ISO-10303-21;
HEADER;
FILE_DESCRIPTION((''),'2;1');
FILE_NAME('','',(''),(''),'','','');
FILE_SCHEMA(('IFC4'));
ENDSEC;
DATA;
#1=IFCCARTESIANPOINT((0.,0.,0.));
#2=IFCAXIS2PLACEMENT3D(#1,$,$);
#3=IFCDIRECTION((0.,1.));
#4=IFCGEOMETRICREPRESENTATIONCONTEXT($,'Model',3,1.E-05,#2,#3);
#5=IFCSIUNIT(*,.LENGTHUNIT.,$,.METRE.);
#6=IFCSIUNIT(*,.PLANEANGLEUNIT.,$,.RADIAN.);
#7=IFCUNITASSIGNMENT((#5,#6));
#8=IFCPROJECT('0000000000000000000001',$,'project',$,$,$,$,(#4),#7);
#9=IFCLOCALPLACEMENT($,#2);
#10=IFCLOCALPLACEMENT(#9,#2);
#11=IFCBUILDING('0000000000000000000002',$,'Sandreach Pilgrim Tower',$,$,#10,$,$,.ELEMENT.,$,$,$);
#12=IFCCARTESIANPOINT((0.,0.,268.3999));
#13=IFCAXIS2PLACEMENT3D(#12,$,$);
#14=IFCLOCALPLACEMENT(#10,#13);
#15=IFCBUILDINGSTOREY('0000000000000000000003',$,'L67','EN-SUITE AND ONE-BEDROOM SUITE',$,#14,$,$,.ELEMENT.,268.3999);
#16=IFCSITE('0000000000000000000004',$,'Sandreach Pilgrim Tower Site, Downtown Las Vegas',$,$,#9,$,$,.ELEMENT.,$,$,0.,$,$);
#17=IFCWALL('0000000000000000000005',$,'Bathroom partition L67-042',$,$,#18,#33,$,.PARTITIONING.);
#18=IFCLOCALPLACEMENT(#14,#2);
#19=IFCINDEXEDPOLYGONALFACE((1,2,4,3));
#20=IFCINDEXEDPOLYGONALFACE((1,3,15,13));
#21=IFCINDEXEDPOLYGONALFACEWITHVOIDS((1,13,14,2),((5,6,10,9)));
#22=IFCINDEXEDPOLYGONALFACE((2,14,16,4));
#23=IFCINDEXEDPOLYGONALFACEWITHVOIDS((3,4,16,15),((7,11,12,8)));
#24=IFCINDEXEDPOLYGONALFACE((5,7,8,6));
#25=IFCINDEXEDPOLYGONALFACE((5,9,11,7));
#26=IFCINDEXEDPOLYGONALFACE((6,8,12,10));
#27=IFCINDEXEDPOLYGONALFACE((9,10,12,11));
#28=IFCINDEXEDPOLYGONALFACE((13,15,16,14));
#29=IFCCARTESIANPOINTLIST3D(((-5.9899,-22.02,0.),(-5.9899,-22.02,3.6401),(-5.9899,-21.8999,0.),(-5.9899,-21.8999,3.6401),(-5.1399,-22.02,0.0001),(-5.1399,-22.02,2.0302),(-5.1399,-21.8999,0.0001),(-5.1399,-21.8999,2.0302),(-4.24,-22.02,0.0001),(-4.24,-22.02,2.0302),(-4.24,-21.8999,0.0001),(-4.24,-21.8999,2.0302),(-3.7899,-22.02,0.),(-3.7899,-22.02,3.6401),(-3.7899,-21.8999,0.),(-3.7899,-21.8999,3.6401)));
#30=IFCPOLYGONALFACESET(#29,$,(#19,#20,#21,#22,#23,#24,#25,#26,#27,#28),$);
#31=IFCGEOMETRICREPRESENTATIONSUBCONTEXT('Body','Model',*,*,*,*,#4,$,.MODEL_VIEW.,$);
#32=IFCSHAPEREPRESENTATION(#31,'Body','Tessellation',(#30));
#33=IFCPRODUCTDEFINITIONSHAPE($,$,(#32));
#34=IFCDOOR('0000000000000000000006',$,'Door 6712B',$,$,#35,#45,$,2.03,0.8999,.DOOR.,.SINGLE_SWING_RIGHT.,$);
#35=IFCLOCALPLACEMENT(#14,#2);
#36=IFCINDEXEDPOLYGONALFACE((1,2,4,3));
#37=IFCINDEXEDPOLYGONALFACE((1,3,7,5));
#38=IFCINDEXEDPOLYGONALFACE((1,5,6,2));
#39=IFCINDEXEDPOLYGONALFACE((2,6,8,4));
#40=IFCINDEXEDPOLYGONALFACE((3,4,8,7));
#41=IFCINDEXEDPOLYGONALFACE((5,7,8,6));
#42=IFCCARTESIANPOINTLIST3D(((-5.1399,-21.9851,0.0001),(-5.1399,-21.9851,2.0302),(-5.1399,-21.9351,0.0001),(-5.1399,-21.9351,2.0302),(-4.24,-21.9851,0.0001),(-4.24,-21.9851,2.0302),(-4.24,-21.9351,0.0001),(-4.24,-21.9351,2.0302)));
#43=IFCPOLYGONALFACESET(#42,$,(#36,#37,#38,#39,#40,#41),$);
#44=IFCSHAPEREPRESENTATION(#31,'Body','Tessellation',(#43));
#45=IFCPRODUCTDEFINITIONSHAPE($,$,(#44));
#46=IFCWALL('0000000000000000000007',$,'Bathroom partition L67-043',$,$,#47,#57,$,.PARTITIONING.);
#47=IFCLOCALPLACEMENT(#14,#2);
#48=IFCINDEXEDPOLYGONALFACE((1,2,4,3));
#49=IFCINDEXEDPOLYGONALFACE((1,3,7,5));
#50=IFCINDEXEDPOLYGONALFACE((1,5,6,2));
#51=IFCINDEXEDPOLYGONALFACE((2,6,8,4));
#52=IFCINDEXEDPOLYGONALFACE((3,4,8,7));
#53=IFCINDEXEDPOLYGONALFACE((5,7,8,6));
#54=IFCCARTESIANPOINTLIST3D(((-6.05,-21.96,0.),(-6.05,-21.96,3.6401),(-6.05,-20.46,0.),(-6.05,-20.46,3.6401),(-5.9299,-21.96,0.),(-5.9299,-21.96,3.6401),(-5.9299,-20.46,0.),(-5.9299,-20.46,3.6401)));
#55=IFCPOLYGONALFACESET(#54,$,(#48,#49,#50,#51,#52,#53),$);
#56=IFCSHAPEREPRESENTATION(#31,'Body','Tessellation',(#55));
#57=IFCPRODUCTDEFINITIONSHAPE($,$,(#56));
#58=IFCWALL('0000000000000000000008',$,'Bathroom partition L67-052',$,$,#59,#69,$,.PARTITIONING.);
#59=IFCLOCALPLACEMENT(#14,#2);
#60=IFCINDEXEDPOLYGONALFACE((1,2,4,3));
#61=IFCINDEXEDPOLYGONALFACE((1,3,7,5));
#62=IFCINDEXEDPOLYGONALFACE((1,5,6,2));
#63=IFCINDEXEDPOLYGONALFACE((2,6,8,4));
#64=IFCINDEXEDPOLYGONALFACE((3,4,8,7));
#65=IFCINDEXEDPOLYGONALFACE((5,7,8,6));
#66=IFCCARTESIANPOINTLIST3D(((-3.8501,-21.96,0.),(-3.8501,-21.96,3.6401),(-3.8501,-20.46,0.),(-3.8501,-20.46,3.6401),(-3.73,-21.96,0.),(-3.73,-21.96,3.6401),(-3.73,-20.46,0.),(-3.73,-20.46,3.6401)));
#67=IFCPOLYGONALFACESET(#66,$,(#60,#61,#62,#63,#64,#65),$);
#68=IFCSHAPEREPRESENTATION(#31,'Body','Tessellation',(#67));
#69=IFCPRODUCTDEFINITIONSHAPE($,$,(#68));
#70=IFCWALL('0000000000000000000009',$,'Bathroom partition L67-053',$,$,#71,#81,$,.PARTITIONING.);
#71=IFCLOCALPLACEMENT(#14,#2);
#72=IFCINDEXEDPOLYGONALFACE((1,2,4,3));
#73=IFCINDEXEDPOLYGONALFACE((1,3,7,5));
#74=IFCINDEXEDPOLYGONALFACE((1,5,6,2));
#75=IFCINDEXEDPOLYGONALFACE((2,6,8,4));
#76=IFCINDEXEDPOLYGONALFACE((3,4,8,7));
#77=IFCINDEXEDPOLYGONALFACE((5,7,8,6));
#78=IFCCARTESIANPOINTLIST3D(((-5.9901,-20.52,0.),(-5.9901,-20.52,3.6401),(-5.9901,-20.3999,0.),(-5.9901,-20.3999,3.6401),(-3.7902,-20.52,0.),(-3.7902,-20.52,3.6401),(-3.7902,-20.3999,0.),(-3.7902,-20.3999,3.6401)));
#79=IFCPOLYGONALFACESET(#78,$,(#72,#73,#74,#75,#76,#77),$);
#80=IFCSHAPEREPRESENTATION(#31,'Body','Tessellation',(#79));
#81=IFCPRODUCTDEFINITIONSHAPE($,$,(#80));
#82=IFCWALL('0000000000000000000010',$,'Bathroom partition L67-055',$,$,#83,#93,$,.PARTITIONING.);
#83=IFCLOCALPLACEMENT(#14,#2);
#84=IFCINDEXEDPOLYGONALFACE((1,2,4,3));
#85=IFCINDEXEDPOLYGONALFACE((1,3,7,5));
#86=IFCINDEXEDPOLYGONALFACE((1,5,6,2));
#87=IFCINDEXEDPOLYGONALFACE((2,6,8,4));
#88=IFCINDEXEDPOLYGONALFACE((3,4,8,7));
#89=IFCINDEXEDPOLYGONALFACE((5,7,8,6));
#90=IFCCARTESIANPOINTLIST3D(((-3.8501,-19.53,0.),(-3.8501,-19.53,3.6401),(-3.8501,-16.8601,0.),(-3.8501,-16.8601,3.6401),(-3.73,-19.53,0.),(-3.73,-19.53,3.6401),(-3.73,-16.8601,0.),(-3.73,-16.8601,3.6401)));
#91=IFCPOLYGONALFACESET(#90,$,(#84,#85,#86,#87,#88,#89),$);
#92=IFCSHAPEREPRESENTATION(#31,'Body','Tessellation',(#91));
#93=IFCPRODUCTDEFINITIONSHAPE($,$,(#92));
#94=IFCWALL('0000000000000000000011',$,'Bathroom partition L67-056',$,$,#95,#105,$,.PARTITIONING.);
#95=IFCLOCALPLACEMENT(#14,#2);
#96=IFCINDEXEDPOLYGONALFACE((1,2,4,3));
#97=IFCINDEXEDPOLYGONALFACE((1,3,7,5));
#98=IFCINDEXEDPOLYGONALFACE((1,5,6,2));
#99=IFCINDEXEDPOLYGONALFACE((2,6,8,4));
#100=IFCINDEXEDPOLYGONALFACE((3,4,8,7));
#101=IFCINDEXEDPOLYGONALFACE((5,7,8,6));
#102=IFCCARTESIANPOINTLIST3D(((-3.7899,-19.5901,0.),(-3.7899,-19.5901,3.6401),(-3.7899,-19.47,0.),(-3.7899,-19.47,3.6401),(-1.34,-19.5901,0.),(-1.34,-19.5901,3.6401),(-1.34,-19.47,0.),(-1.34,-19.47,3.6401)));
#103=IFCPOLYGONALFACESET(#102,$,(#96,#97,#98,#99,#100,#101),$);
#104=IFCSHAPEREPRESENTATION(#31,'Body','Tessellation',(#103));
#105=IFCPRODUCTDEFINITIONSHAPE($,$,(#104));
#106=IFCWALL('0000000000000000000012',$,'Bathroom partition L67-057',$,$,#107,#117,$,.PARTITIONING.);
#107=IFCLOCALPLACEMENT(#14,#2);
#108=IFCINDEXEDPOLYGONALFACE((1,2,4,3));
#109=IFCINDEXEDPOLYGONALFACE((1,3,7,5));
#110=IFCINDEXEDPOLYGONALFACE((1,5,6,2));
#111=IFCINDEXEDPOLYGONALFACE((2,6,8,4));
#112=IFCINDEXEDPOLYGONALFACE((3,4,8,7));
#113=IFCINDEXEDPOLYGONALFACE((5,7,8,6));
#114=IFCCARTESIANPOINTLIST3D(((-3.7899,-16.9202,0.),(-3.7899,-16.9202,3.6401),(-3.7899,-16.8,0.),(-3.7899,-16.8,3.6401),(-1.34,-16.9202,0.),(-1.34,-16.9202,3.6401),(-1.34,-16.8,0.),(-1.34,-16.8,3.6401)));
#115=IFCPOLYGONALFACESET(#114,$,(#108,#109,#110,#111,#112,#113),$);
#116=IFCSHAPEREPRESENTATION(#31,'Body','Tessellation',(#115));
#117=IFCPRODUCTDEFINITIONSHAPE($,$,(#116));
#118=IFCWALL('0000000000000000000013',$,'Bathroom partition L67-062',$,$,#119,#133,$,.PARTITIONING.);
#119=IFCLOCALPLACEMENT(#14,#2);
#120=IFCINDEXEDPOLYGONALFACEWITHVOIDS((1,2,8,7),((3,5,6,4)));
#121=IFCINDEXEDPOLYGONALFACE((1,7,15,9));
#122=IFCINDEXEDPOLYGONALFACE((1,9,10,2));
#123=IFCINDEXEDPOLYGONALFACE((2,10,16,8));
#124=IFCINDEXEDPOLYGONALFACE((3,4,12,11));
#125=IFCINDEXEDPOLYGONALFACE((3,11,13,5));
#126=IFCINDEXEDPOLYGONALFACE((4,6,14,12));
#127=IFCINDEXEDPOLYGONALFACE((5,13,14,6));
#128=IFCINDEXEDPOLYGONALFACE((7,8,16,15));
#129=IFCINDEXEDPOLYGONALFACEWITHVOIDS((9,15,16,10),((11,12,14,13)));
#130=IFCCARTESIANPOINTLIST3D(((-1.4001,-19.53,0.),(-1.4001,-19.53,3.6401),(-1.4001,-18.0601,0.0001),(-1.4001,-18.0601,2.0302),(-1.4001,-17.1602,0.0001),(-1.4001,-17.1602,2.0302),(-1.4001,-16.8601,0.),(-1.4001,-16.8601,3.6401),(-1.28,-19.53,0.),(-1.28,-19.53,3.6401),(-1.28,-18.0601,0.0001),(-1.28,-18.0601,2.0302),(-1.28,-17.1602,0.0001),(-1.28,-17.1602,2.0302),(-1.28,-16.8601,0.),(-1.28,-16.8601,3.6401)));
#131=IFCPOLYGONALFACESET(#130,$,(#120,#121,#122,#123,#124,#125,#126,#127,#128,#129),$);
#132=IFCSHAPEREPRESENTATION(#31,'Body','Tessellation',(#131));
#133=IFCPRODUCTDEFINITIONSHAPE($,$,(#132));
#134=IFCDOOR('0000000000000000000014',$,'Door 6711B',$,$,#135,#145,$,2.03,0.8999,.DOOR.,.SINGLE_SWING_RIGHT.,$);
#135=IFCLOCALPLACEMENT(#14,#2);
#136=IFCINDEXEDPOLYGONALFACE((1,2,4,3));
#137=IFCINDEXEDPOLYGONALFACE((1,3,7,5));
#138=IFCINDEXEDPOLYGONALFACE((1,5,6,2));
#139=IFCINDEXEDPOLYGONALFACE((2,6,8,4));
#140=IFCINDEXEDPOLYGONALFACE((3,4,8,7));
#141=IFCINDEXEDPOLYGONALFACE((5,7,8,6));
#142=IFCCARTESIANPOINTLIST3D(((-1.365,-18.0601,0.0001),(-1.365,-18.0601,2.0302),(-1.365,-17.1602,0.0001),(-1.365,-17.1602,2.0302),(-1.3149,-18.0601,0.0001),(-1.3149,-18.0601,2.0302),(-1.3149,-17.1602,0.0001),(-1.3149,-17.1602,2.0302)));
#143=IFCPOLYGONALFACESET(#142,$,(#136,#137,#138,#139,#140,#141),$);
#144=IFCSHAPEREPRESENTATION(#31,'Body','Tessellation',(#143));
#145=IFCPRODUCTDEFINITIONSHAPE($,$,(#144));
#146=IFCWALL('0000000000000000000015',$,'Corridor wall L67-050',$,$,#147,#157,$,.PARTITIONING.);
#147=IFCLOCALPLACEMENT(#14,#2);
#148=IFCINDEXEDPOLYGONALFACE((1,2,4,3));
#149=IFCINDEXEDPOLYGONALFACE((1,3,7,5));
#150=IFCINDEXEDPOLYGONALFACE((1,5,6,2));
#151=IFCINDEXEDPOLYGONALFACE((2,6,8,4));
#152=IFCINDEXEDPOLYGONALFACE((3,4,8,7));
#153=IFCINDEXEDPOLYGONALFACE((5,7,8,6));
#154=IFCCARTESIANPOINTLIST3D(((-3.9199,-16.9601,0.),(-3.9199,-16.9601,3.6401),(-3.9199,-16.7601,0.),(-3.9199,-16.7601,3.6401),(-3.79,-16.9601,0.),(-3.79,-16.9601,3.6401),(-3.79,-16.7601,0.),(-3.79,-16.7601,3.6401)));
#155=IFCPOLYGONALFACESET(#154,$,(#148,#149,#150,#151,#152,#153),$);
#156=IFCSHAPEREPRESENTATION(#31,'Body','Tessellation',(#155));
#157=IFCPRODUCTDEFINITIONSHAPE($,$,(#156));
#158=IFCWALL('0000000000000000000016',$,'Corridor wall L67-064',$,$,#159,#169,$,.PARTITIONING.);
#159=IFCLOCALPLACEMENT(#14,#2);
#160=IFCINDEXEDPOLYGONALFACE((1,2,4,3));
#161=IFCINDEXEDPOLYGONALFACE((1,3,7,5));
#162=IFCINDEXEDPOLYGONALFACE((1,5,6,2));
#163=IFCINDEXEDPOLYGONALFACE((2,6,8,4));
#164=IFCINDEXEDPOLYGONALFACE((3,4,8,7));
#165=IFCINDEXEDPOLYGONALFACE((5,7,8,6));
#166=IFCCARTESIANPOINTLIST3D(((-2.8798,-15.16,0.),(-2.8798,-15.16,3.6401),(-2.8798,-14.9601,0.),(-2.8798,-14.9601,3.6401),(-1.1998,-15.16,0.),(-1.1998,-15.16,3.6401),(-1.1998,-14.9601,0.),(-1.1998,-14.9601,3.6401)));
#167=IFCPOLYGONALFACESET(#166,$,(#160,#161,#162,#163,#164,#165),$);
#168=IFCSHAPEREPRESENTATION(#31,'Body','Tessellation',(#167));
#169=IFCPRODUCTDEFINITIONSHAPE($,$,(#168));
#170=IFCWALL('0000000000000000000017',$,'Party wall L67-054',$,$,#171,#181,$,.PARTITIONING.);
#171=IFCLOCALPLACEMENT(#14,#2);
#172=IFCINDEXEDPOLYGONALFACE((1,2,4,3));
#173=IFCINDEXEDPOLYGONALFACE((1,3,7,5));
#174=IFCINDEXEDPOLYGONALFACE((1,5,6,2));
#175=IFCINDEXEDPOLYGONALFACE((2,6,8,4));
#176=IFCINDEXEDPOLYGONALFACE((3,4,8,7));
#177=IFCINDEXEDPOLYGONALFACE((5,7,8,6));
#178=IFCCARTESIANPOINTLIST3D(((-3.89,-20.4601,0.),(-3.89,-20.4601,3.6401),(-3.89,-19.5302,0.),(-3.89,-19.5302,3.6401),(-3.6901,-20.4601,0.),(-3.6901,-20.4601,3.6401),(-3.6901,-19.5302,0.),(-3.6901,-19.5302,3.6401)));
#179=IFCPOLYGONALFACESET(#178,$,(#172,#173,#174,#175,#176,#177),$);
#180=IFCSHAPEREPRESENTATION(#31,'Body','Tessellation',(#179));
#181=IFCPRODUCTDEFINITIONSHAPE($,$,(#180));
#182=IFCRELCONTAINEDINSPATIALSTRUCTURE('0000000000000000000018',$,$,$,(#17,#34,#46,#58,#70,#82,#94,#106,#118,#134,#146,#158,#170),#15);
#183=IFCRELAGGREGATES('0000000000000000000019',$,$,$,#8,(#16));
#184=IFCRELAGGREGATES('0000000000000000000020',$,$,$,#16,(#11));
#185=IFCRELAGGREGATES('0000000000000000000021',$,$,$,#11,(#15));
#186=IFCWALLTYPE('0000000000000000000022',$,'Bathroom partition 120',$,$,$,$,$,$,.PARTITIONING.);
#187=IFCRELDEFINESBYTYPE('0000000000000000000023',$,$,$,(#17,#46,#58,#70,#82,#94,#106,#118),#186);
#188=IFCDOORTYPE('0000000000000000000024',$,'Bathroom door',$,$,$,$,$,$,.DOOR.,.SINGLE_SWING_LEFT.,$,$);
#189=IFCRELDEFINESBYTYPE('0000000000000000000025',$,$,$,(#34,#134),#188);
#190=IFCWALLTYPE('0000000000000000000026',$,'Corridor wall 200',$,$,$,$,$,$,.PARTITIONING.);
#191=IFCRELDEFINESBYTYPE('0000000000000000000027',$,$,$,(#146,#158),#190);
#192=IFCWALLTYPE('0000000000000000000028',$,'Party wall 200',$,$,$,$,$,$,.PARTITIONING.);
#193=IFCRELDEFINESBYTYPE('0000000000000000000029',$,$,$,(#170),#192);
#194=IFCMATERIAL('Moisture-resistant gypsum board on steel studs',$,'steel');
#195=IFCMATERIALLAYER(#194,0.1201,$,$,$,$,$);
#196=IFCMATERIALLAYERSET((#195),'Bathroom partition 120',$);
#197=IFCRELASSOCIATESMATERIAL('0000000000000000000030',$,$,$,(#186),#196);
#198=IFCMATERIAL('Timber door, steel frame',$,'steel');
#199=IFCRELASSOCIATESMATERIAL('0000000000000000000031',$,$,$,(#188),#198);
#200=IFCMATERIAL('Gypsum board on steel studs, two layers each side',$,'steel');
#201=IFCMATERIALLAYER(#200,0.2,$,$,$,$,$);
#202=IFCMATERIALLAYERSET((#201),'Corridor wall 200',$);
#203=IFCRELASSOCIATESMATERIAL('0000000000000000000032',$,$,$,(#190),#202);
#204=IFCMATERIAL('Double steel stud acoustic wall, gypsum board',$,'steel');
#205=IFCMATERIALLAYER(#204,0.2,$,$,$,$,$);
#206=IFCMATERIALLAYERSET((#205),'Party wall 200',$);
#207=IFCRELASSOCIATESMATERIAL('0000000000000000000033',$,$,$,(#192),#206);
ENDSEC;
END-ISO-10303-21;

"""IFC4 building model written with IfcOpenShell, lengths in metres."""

from ifc_helpers import new_model, si_unit, direction, frame, frame_2d, origin, place, context, subcontext, project, spatial, rectangle, extrude, material, layer, layer_set, type_object, element, fill, save


model = new_model("IFC4")

# Units and contexts
model_context = context("Model", 3, precision=1e-05, world=origin(), true_north=direction((0.0, 1.0)))
body_context = subcontext(model_context, "Body", "Model", "MODEL_VIEW")
ifc_project = project(units=[si_unit("LENGTHUNIT", "METRE"), si_unit("PLANEANGLEUNIT", "RADIAN")], contexts=[model_context])

# Site, building, storey
site_placement = place(None, origin())
site = spatial("IfcSite", under=ifc_project, at=site_placement, Name="Sandreach Pilgrim Tower Site, Downtown Las Vegas", CompositionType="ELEMENT", RefElevation=0.0)
building_placement = place(site_placement, origin())
building = spatial("IfcBuilding", under=site, at=building_placement, Name="Sandreach Pilgrim Tower", CompositionType="ELEMENT")
storey_placement = place(building_placement, frame((0.0, 0.0, 268.3999)))
storey = spatial("IfcBuildingStorey", under=building, at=storey_placement, Name="L67", Description="EN-SUITE AND ONE-BEDROOM SUITE", CompositionType="ELEMENT", Elevation=268.3999)

# Wall, opening, door
ifc_material_1 = material(Name="Moisture-resistant gypsum board on steel studs", Category="steel")
ifc_layer_1 = layer(ifc_material_1, 0.1201)
ifc_layer_set_1 = layer_set([ifc_layer_1], Name="Bathroom partition 120")
wall_type_1 = type_object("IfcWallType", Name="Bathroom partition 120", PredefinedType="PARTITIONING", material=ifc_layer_set_1)
wall_1_placement = place(storey_placement, frame((-5.99, -21.96, 0.0), z_axis=(0.0, 0.0, 1.0), x_axis=(1.0, 0.0, 0.0)))
wall_1 = element("IfcWall", 1, at=wall_1_placement, inside=storey, type_object=wall_type_1, Name="Bathroom partition L67-042", PredefinedType="PARTITIONING", context=body_context, shape_type="SweptSolid", body=[
    extrude(rectangle(XDim=2.2, YDim=0.1201, at=frame_2d((1.1001, 0.0))), origin(), (0.0, 0.0, 1.0), 3.6401),
])
opening_1_placement = place(wall_1_placement, frame((0.8501, 0.0, 0.0)))
opening_1 = element("IfcOpeningElement", 2, at=opening_1_placement, cuts=wall_1, PredefinedType="OPENING", context=body_context, shape_type="SweptSolid", body=[
    extrude(rectangle(XDim=0.8999, YDim=2.03, at=frame_2d((0.45, 1.0151))), frame((0.0, 0.0601, 0.0), z_axis=(0.0, -1.0, 0.0), x_axis=(1.0, 0.0, 0.0)), (0.0, 0.0, 1.0), 0.1201),
])
ifc_material_2 = material(Name="Timber door, steel frame", Category="steel")
door_type_1 = type_object("IfcDoorType", Name="Bathroom door", OperationType="SINGLE_SWING_LEFT", PredefinedType="DOOR", material=ifc_material_2)
door_1_placement = place(opening_1_placement, origin())
door_1 = element("IfcDoor", 3, at=door_1_placement, inside=storey, type_object=door_type_1, Name="Door 6712B", OperationType="SINGLE_SWING_RIGHT", OverallHeight=2.03, OverallWidth=0.8999, PredefinedType="DOOR", context=body_context, shape_type="SweptSolid", body=[
    extrude(rectangle(XDim=0.8999, YDim=2.03, at=frame_2d((0.45, 1.0151))), frame((0.0, 0.0249, 0.0), z_axis=(0.0, -1.0, 0.0), x_axis=(1.0, 0.0, 0.0)), (0.0, 0.0, 1.0), 0.05),
])
fill(opening_1, door_1)

# Walls
for number, where, z_axis, x_axis, name in (
    (4, (-5.99, -20.46, 0.0), (0.0, 0.0, 1.0), (0.0, -1.0, 0.0), "Bathroom partition L67-043"),
    (5, (-3.79, -21.96, 0.0), (0.0, 0.0, 1.0), (0.0, 1.0, 0.0), "Bathroom partition L67-052"),
):
    element("IfcWall", number, at=place(storey_placement, frame(where, z_axis=z_axis, x_axis=x_axis)), inside=storey, type_object=wall_type_1, Name=name, PredefinedType="PARTITIONING", context=body_context, shape_type="SweptSolid", body=[
        extrude(rectangle(XDim=1.5, YDim=0.1201, at=frame_2d((0.75, 0.0))), origin(), (0.0, 0.0, 1.0), 3.6401),
    ])
wall_2_placement = place(storey_placement, frame((-3.79, -20.46, 0.0), z_axis=(0.0, 0.0, 1.0), x_axis=(-1.0, 0.0, 0.0)))
element("IfcWall", 6, at=wall_2_placement, inside=storey, type_object=wall_type_1, Name="Bathroom partition L67-053", PredefinedType="PARTITIONING", context=body_context, shape_type="SweptSolid", body=[
    extrude(rectangle(XDim=2.2, YDim=0.1201, at=frame_2d((1.1001, 0.0))), origin(), (0.0, 0.0, 1.0), 3.6401),
])
wall_3_placement = place(storey_placement, frame((-3.79, -19.53, 0.0), z_axis=(0.0, 0.0, 1.0), x_axis=(0.0, 1.0, 0.0)))
element("IfcWall", 7, at=wall_3_placement, inside=storey, type_object=wall_type_1, Name="Bathroom partition L67-055", PredefinedType="PARTITIONING", context=body_context, shape_type="SweptSolid", body=[
    extrude(rectangle(XDim=2.6699, YDim=0.1201, at=frame_2d((1.335, 0.0))), origin(), (0.0, 0.0, 1.0), 3.6401),
])
for number, where, z_axis, x_axis, name in (
    (8, (-3.79, -19.53, 0.0), (0.0, 0.0, 1.0), (1.0, 0.0, 0.0), "Bathroom partition L67-056"),
    (9, (-3.79, -16.8601, 0.0), (0.0, 0.0, 1.0), (1.0, 0.0, 0.0), "Bathroom partition L67-057"),
):
    element("IfcWall", number, at=place(storey_placement, frame(where, z_axis=z_axis, x_axis=x_axis)), inside=storey, type_object=wall_type_1, Name=name, PredefinedType="PARTITIONING", context=body_context, shape_type="SweptSolid", body=[
        extrude(rectangle(XDim=2.45, YDim=0.1201, at=frame_2d((1.2251, 0.0))), origin(), (0.0, 0.0, 1.0), 3.6401),
    ])

# Wall, opening, door
wall_4_placement = place(storey_placement, frame((-1.3401, -19.53, 0.0), z_axis=(0.0, 0.0, 1.0), x_axis=(0.0, 1.0, 0.0)))
wall_4 = element("IfcWall", 10, at=wall_4_placement, inside=storey, type_object=wall_type_1, Name="Bathroom partition L67-062", PredefinedType="PARTITIONING", context=body_context, shape_type="SweptSolid", body=[
    extrude(rectangle(XDim=2.6699, YDim=0.1201, at=frame_2d((1.335, 0.0))), origin(), (0.0, 0.0, 1.0), 3.6401),
])
opening_2_placement = place(wall_4_placement, frame((1.47, 0.0, 0.0)))
opening_2 = element("IfcOpeningElement", 11, at=opening_2_placement, cuts=wall_4, PredefinedType="OPENING", context=body_context, shape_type="SweptSolid", body=[
    extrude(rectangle(XDim=0.8999, YDim=2.03, at=frame_2d((0.45, 1.0151))), frame((0.0, 0.0601, 0.0), z_axis=(0.0, -1.0, 0.0), x_axis=(1.0, 0.0, 0.0)), (0.0, 0.0, 1.0), 0.1201),
])
door_2_placement = place(opening_2_placement, origin())
door_2 = element("IfcDoor", 12, at=door_2_placement, inside=storey, type_object=door_type_1, Name="Door 6711B", OperationType="SINGLE_SWING_RIGHT", OverallHeight=2.03, OverallWidth=0.8999, PredefinedType="DOOR", context=body_context, shape_type="SweptSolid", body=[
    extrude(rectangle(XDim=0.8999, YDim=2.03, at=frame_2d((0.45, 1.0151))), frame((0.0, 0.0249, 0.0), z_axis=(0.0, -1.0, 0.0), x_axis=(1.0, 0.0, 0.0)), (0.0, 0.0, 1.0), 0.05),
])
fill(opening_2, door_2)
ifc_material_3 = material(Name="Gypsum board on steel studs, two layers each side", Category="steel")
ifc_layer_2 = layer(ifc_material_3, 0.2)
ifc_layer_set_2 = layer_set([ifc_layer_2], Name="Corridor wall 200")
wall_type_2 = type_object("IfcWallType", Name="Corridor wall 200", PredefinedType="PARTITIONING", material=ifc_layer_set_2)

# Wall
wall_5_placement = place(storey_placement, frame((-3.9199, -16.8601, 0.0), z_axis=(0.0, 0.0, 1.0), x_axis=(1.0, 0.0, 0.0)))
element("IfcWall", 13, at=wall_5_placement, inside=storey, type_object=wall_type_2, Name="Corridor wall L67-050", PredefinedType="PARTITIONING", context=body_context, shape_type="SweptSolid", body=[
    extrude(rectangle(XDim=0.1299, YDim=0.2, at=frame_2d((0.0649, 0.0))), origin(), (0.0, 0.0, 1.0), 3.6401),
])

# Walls
wall_6_placement = place(storey_placement, frame((-1.2, -15.0601, 0.0), z_axis=(0.0, 0.0, 1.0), x_axis=(-1.0, 0.0, 0.0)))
element("IfcWall", 14, at=wall_6_placement, inside=storey, type_object=wall_type_2, Name="Corridor wall L67-064", PredefinedType="PARTITIONING", context=body_context, shape_type="SweptSolid", body=[
    extrude(rectangle(XDim=1.6799, YDim=0.2, at=frame_2d((0.8398, 0.0))), origin(), (0.0, 0.0, 1.0), 3.6401),
])
ifc_material_4 = material(Name="Double steel stud acoustic wall, gypsum board", Category="steel")
ifc_layer_3 = layer(ifc_material_4, 0.2)
ifc_layer_set_3 = layer_set([ifc_layer_3], Name="Party wall 200")
wall_type_3 = type_object("IfcWallType", Name="Party wall 200", PredefinedType="PARTITIONING", material=ifc_layer_set_3)
wall_7_placement = place(storey_placement, frame((-3.79, -20.46, 0.0), z_axis=(0.0, 0.0, 1.0), x_axis=(0.0, 1.0, 0.0)))
element("IfcWall", 15, at=wall_7_placement, inside=storey, type_object=wall_type_3, Name="Party wall L67-054", PredefinedType="PARTITIONING", context=body_context, shape_type="SweptSolid", body=[
    extrude(rectangle(XDim=0.9299, YDim=0.2, at=frame_2d((0.4648, 0.0))), origin(), (0.0, 0.0, 1.0), 3.6401),
])

save(model, "model.ifc")
